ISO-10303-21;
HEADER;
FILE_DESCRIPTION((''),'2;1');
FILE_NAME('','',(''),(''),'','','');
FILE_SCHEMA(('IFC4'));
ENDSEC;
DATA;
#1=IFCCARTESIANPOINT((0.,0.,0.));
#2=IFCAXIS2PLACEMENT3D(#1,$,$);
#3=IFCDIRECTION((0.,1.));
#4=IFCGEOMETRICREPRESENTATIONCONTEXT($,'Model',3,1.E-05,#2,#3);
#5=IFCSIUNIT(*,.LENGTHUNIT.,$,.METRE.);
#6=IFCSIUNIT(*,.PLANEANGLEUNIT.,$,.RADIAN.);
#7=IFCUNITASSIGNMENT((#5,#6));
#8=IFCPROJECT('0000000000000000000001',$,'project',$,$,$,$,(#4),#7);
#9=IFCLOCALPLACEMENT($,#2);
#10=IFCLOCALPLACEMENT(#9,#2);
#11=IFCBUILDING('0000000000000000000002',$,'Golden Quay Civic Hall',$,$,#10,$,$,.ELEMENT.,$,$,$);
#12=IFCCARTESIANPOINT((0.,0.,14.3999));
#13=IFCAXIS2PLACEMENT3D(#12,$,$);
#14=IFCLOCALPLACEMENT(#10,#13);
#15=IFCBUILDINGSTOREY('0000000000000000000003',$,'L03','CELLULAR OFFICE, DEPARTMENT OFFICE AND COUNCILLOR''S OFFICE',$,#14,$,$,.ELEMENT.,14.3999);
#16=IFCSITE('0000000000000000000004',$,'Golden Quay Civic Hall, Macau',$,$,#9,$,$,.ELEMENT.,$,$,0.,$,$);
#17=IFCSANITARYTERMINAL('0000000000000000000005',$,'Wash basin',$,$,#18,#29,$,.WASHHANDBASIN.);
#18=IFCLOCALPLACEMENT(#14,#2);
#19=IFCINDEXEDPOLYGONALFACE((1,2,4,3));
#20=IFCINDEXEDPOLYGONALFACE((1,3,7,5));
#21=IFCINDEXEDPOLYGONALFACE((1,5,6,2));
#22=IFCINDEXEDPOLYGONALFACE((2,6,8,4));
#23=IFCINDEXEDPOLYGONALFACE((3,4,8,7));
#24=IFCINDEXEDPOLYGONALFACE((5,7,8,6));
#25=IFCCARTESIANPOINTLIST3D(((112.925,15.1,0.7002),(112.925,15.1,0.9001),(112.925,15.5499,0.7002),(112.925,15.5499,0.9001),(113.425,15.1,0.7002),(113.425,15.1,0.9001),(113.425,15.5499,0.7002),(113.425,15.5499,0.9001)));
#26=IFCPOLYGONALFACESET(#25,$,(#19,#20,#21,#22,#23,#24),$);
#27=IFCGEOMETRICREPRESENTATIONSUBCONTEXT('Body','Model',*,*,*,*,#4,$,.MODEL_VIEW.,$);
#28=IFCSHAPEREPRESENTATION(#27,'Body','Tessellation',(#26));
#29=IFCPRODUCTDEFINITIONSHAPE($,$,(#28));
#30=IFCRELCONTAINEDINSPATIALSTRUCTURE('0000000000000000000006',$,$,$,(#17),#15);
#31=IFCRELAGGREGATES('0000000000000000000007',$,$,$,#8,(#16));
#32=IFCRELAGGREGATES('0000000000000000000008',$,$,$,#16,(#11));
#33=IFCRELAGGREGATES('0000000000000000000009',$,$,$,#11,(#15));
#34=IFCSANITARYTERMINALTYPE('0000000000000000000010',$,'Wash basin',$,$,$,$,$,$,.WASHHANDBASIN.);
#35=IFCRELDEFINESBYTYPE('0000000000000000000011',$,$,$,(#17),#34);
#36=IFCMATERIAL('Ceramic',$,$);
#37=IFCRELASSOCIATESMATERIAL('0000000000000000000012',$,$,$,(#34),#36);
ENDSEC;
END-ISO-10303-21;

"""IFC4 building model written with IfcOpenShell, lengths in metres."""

from ifc_helpers import new_model, si_unit, direction, frame, origin, origin_2d, place, context, subcontext, project, spatial, rectangle, extrude, material, type_object, element, save


model = new_model("IFC4")

# Units and contexts
model_context = context("Model", 3, precision=1e-05, world=origin(), true_north=direction((0.0, 1.0)))
body_context = subcontext(model_context, "Body", "Model", "MODEL_VIEW")
ifc_project = project(units=[si_unit("LENGTHUNIT", "METRE"), si_unit("PLANEANGLEUNIT", "RADIAN")], contexts=[model_context])

# Site, building, storey
site_placement = place(None, origin())
site = spatial("IfcSite", under=ifc_project, at=site_placement, Name="Golden Quay Civic Hall, Macau", CompositionType="ELEMENT", RefElevation=0.0)
building_placement = place(site_placement, origin())
building = spatial("IfcBuilding", under=site, at=building_placement, Name="Golden Quay Civic Hall", CompositionType="ELEMENT")
storey_placement = place(building_placement, frame((0.0, 0.0, 14.3999)))
storey = spatial("IfcBuildingStorey", under=building, at=storey_placement, Name="L03", Description="CELLULAR OFFICE, DEPARTMENT OFFICE AND COUNCILLOR'S OFFICE", CompositionType="ELEMENT", Elevation=14.3999)

# Sanitary terminal
ifc_material_1 = material(Name="Ceramic")
sanitary_terminal_type_1 = type_object("IfcSanitaryTerminalType", Name="Wash basin", PredefinedType="WASHHANDBASIN", material=ifc_material_1)
for number, where, z_axis, x_axis, name in (
    (1, (113.175, 15.325, 0.7002), (0.0, 0.0, 1.0), (1.0, 0.0, 0.0), "Wash basin"),
):
    element("IfcSanitaryTerminal", number, at=place(storey_placement, frame(where, z_axis=z_axis, x_axis=x_axis)), inside=storey, type_object=sanitary_terminal_type_1, Name=name, PredefinedType="WASHHANDBASIN", context=body_context, shape_type="SweptSolid", body=[
        extrude(rectangle(XDim=0.5, YDim=0.45, at=origin_2d()), origin(), (0.0, 0.0, 1.0), 0.2),
    ])

save(model, "model.ifc")
